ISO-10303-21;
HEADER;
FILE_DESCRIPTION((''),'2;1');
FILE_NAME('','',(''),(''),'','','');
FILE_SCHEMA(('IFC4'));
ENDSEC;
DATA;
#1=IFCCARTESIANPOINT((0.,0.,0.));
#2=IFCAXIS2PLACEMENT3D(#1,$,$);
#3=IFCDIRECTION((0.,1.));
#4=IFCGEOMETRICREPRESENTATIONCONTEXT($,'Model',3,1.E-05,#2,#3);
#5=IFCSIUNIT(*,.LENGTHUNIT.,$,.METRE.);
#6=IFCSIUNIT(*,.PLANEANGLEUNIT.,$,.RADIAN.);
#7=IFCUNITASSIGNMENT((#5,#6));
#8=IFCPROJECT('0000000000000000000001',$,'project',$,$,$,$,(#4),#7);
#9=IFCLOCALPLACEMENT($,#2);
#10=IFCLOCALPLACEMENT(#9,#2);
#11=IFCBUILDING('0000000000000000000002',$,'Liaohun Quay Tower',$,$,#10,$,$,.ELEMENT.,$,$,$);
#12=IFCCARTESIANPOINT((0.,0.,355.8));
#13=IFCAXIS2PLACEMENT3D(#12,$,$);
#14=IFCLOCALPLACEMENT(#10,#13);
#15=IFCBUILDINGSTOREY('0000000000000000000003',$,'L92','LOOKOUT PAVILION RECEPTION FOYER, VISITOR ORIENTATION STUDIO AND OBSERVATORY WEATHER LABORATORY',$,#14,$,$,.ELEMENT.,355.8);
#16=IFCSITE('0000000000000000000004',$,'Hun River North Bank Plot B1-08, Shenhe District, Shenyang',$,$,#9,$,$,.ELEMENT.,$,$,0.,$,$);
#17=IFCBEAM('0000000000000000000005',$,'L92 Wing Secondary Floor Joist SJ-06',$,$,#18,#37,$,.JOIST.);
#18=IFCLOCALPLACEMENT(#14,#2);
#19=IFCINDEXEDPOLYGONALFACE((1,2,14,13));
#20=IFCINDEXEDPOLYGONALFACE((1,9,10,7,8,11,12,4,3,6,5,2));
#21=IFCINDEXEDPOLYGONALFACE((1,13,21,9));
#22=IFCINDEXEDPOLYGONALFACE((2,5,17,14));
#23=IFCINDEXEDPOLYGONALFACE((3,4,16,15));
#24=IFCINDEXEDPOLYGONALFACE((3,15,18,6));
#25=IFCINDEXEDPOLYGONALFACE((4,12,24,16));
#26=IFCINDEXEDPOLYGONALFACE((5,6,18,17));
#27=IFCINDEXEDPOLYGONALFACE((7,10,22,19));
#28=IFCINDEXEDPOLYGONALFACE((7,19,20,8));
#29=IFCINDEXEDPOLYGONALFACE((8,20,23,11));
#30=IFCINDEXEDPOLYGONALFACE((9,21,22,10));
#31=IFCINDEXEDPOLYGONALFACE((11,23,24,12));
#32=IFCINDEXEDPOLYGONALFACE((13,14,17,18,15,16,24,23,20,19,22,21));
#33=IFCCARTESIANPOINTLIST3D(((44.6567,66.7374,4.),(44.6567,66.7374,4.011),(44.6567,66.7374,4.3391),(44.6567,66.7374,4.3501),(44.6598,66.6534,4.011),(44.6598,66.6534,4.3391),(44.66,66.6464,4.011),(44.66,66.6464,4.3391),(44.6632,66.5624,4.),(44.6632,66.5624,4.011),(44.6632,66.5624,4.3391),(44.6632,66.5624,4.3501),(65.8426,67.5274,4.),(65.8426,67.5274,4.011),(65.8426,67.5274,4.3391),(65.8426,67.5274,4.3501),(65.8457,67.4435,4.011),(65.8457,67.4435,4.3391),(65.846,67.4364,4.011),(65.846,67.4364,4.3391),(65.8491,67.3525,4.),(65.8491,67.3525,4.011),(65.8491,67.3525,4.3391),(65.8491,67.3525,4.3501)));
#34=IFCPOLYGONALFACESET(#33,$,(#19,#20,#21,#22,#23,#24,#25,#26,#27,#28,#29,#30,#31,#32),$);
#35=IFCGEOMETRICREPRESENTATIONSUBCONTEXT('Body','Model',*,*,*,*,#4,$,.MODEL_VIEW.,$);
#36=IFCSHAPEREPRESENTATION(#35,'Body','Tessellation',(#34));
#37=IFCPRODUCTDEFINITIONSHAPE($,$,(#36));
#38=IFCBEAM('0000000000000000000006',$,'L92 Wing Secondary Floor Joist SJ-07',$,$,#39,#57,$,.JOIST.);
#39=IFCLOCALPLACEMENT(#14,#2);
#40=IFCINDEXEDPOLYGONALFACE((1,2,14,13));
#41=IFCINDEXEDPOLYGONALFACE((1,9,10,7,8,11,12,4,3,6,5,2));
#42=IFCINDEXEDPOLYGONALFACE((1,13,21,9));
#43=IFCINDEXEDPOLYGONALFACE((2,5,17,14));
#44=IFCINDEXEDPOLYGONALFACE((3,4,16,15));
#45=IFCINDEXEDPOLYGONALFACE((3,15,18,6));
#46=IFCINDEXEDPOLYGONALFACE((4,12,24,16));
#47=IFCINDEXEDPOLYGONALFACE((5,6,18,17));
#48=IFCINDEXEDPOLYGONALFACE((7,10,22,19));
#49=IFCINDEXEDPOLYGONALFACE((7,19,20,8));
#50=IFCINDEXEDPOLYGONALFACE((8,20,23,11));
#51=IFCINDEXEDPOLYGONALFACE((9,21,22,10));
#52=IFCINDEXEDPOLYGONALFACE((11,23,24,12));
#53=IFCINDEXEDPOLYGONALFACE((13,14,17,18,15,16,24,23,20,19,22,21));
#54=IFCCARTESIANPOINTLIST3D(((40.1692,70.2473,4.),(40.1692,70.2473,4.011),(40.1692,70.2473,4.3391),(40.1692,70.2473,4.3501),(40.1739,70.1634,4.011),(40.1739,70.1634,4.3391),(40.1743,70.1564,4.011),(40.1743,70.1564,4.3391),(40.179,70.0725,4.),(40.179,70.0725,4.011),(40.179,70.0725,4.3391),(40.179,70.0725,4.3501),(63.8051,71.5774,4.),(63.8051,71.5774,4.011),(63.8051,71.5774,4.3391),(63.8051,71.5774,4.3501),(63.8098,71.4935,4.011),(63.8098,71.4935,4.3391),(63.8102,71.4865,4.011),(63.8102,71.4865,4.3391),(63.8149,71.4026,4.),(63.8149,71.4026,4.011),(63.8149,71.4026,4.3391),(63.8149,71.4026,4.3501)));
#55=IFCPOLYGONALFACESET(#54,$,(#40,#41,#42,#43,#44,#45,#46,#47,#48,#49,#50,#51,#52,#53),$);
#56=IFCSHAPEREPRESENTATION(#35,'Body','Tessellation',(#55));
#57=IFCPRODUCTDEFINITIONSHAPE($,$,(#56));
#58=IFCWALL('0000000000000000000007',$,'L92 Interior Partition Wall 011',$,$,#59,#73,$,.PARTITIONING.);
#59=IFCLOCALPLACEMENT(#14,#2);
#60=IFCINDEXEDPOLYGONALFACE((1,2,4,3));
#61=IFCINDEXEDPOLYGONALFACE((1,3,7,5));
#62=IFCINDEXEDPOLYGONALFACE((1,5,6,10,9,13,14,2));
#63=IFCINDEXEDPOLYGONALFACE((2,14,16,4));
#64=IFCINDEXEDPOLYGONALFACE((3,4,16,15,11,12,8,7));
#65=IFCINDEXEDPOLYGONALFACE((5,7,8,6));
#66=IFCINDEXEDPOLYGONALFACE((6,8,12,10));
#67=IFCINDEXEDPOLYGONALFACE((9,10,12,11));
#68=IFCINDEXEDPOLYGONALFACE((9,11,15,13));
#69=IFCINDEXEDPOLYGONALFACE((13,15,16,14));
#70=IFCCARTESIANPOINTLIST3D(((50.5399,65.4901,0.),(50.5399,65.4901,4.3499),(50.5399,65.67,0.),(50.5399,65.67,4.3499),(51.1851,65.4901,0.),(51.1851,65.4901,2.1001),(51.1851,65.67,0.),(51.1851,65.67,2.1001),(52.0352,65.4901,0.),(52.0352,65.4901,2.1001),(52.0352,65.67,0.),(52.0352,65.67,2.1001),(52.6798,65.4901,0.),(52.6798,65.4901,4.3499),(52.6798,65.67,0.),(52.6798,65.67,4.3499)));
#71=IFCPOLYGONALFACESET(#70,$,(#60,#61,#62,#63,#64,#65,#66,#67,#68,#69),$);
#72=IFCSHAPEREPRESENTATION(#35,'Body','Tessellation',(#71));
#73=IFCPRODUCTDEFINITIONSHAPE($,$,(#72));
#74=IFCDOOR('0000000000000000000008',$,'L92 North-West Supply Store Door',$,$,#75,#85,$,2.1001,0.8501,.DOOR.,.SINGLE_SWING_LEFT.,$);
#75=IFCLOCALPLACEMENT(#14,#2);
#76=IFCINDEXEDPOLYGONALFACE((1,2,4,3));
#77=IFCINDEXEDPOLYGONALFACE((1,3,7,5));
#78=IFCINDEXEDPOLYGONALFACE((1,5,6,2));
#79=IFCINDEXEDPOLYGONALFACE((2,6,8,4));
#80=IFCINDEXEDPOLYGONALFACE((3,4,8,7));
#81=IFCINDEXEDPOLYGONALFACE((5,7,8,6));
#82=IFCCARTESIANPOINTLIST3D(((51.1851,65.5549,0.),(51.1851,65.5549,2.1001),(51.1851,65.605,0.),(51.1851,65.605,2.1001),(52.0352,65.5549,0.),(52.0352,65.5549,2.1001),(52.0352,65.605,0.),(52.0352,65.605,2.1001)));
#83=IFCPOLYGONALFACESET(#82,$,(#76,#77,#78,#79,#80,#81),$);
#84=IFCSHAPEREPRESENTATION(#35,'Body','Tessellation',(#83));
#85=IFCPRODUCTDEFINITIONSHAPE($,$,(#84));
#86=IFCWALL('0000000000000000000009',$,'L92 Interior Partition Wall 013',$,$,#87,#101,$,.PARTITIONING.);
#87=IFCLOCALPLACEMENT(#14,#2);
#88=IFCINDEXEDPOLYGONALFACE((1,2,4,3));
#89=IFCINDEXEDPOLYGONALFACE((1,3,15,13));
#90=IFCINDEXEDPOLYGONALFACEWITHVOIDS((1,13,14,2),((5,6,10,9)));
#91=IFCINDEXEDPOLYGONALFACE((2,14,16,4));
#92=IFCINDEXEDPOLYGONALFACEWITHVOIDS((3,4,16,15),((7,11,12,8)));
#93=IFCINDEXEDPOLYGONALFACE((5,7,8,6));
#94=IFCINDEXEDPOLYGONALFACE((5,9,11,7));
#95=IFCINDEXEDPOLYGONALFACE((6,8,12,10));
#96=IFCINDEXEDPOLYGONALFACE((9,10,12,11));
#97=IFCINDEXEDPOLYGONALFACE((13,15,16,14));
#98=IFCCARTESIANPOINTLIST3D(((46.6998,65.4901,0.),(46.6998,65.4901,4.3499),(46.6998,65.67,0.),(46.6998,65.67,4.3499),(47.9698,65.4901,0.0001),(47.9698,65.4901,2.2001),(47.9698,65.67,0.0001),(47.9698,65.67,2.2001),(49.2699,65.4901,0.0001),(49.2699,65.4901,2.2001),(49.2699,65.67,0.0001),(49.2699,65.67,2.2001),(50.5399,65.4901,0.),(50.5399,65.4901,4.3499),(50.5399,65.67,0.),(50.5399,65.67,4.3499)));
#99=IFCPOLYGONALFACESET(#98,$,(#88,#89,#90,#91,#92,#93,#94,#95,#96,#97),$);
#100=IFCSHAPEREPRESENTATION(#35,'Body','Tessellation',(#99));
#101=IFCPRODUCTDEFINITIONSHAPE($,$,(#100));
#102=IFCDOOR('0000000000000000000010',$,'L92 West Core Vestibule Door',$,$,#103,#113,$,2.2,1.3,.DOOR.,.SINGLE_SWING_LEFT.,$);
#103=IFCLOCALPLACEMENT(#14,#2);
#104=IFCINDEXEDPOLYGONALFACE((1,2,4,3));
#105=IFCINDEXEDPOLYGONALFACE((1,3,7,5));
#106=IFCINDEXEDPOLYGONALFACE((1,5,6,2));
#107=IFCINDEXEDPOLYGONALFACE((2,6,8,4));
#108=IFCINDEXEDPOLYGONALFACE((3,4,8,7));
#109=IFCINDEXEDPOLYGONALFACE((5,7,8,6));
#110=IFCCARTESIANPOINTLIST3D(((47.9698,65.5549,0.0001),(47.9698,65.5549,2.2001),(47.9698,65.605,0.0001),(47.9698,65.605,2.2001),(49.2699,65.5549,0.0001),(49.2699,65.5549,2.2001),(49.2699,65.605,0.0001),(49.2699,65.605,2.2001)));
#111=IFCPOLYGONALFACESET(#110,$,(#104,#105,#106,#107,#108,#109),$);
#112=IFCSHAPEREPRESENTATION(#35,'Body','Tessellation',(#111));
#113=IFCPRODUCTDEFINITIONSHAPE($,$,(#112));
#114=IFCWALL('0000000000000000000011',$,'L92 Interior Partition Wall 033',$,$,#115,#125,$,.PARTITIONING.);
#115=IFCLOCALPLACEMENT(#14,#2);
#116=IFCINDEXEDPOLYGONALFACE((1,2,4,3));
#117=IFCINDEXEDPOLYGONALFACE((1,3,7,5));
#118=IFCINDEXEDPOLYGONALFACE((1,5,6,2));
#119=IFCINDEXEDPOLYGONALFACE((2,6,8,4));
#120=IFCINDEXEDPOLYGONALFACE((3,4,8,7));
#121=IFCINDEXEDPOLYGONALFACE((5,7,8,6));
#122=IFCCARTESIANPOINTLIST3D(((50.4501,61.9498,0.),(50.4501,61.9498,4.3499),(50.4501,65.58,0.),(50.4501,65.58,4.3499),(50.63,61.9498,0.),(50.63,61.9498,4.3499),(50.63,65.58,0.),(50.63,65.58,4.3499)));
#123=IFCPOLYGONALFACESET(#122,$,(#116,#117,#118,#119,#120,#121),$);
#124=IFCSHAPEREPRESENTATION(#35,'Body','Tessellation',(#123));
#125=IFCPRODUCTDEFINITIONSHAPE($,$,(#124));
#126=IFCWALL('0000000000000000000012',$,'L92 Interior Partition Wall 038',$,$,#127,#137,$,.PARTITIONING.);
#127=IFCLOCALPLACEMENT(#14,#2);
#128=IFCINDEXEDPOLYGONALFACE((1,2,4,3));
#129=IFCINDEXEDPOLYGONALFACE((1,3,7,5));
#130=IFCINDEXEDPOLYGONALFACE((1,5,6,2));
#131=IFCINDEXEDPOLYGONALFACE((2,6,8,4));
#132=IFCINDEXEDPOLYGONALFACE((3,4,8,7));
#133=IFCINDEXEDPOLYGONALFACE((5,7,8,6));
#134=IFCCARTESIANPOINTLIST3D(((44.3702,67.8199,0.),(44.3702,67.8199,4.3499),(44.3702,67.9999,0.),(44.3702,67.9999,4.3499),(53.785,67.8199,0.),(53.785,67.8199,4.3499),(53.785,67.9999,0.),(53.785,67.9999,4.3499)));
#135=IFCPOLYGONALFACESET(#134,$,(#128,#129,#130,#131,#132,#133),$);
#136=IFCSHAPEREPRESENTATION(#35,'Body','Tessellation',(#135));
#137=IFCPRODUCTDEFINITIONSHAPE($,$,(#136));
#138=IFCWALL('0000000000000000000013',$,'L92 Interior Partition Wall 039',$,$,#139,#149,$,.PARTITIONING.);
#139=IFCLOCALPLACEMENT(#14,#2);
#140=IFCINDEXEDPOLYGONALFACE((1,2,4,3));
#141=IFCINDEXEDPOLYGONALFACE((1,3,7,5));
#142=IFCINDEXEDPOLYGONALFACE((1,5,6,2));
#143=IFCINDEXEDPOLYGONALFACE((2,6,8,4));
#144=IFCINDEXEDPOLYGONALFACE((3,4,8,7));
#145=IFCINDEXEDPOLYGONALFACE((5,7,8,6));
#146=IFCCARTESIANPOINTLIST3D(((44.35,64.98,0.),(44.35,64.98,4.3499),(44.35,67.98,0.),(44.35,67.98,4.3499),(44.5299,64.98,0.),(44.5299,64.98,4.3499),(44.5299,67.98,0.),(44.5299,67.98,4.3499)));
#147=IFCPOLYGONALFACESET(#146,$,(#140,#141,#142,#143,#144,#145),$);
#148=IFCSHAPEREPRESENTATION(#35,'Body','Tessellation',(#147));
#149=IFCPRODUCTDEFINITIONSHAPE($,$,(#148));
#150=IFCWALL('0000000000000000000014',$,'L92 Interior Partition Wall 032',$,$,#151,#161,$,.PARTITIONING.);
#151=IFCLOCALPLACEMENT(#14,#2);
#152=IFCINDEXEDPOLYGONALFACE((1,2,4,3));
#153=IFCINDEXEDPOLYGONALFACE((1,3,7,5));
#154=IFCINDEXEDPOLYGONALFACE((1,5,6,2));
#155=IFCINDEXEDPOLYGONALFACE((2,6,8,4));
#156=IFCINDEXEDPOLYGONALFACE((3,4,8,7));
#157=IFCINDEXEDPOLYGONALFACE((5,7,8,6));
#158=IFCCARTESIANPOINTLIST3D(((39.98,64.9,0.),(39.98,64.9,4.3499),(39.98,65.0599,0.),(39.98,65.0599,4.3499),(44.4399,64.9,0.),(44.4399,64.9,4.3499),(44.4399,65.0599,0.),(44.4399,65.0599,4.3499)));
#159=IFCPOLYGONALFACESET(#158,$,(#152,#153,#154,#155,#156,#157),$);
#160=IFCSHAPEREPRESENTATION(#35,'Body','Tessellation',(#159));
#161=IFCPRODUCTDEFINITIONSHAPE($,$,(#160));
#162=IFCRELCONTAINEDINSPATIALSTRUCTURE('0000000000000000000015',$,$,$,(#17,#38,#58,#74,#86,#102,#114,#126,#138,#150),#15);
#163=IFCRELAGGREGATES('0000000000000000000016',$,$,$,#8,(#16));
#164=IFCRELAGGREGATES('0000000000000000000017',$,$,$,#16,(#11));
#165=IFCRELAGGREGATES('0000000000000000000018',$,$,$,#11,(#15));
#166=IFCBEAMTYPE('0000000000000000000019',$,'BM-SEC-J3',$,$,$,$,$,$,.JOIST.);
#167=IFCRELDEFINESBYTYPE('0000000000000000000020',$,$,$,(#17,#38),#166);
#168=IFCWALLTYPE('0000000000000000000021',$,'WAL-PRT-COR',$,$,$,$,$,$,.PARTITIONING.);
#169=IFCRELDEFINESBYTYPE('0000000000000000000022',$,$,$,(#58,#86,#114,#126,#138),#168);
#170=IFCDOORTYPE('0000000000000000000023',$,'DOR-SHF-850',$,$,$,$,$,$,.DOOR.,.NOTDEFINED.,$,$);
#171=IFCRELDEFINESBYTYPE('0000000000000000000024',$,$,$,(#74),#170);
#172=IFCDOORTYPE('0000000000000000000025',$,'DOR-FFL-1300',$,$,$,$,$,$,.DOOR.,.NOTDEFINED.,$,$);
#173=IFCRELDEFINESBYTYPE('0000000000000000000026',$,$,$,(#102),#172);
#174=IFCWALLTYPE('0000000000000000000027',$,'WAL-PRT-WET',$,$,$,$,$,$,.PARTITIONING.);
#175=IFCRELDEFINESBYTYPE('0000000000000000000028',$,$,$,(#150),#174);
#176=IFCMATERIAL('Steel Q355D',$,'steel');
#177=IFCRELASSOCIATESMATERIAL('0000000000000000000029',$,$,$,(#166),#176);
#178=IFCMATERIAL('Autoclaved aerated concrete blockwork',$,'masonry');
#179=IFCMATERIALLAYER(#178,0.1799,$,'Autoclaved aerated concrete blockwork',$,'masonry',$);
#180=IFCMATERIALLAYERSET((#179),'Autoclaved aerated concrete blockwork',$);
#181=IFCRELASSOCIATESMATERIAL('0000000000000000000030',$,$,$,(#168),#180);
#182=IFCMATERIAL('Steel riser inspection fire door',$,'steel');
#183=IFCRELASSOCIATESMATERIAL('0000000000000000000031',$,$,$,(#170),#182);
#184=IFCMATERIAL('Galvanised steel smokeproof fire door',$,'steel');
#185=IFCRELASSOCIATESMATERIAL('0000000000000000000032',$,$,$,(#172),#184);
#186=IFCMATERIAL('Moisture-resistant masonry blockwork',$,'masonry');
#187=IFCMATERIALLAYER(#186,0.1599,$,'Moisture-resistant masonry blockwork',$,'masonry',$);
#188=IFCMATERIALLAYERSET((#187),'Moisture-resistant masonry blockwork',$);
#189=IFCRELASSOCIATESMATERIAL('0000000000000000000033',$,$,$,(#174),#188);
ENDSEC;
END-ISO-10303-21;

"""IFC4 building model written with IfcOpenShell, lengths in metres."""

from ifc_helpers import new_model, si_unit, direction, frame, frame_2d, origin, origin_2d, place, context, subcontext, project, spatial, rectangle, i_section, extrude, source, transform, mapped, material, layer, layer_set, material_profile, profile_set, type_object, element, fill, save


model = new_model("IFC4")

# Units and contexts
model_context = context("Model", 3, precision=1e-05, world=origin(), true_north=direction((0.0, 1.0)))
body_context = subcontext(model_context, "Body", "Model", "MODEL_VIEW")
ifc_project = project(units=[si_unit("LENGTHUNIT", "METRE"), si_unit("PLANEANGLEUNIT", "RADIAN")], contexts=[model_context])

# Site, building, storey
site_placement = place(None, origin())
site = spatial("IfcSite", under=ifc_project, at=site_placement, Name="Hun River North Bank Plot B1-08, Shenhe District, Shenyang", CompositionType="ELEMENT", RefElevation=0.0)
building_placement = place(site_placement, origin())
building = spatial("IfcBuilding", under=site, at=building_placement, Name="Liaohun Quay Tower", CompositionType="ELEMENT")
storey_placement = place(building_placement, frame((0.0, 0.0, 355.8)))
storey = spatial("IfcBuildingStorey", under=building, at=storey_placement, Name="L92", Description="LOOKOUT PAVILION RECEPTION FOYER, VISITOR ORIENTATION STUDIO AND OBSERVATORY WEATHER LABORATORY", CompositionType="ELEMENT", Elevation=355.8)

# Beams
ifc_material_1 = material(Name="Steel Q355D", Category="steel")
ifc_material_profile = material_profile(ifc_material_1, i_section(OverallWidth=0.175, OverallDepth=0.3501, WebThickness=0.0071, FlangeThickness=0.011, at=origin_2d()), Name="HN350x175x7x11")
ifc_profile_set = profile_set([ifc_material_profile], Name="Steel Q355D")
beam_type = type_object("IfcBeamType", Name="BM-SEC-J3", PredefinedType="JOIST", material=ifc_profile_set)
shared_shape_1 = source(origin(), body_context, "Body", "SweptSolid", [
    extrude(i_section(OverallWidth=0.175, OverallDepth=0.3501, WebThickness=0.0071, FlangeThickness=0.011, at=origin_2d()), origin(), (0.0, 0.0, 1.0), 21.2007),
])
beam_1_placement = place(storey_placement, frame((44.6599, 66.6499, 4.175), z_axis=(0.999305, 0.037265, 0.0), x_axis=(-0.037265, 0.999305, 0.0)))
element("IfcBeam", 1, at=beam_1_placement, inside=storey, type_object=beam_type, Name="L92 Wing Secondary Floor Joist SJ-06", PredefinedType="JOIST", context=body_context, shape_type="MappedRepresentation", body=[
    mapped(shared_shape_1, transform((0.0, 0.0, 0.0), x_axis=(1.0, 0.0, 0.0), y_axis=(0.0, 1.0, 0.0), z_axis=(0.0, 0.0, 1.0), scale=1.0)),
])
shared_shape_2 = source(origin(), body_context, "Body", "SweptSolid", [
    extrude(i_section(OverallWidth=0.175, OverallDepth=0.3501, WebThickness=0.0071, FlangeThickness=0.011, at=origin_2d()), origin(), (0.0, 0.0, 1.0), 23.6733),
])
beam_2_placement = place(storey_placement, frame((40.1741, 70.1599, 4.175), z_axis=(0.99842, 0.056185, 0.0), x_axis=(-0.056185, 0.99842, 0.0)))
element("IfcBeam", 2, at=beam_2_placement, inside=storey, type_object=beam_type, Name="L92 Wing Secondary Floor Joist SJ-07", PredefinedType="JOIST", context=body_context, shape_type="MappedRepresentation", body=[
    mapped(shared_shape_2, transform((0.0, 0.0, 0.0), x_axis=(1.0, 0.0, 0.0), y_axis=(0.0, 1.0, 0.0), z_axis=(0.0, 0.0, 1.0), scale=1.0)),
])

# Walls, openings, doors
ifc_material_2 = material(Name="Autoclaved aerated concrete blockwork", Category="masonry")
ifc_layer_1 = layer(ifc_material_2, 0.1799, Name="Autoclaved aerated concrete blockwork", Category="masonry")
ifc_layer_set_1 = layer_set([ifc_layer_1], Name="Autoclaved aerated concrete blockwork")
wall_type_1 = type_object("IfcWallType", Name="WAL-PRT-COR", PredefinedType="PARTITIONING", material=ifc_layer_set_1)
wall_1_placement = place(storey_placement, frame((50.54, 65.5801, 0.0), z_axis=(0.0, 0.0, 1.0), x_axis=(1.0, 0.0, 0.0)))
wall_1 = element("IfcWall", 3, at=wall_1_placement, inside=storey, type_object=wall_type_1, Name="L92 Interior Partition Wall 011", PredefinedType="PARTITIONING", context=body_context, shape_type="SweptSolid", body=[
    extrude(rectangle(XDim=2.1399, YDim=0.1799, at=frame_2d((1.0698, 0.0))), origin(), (0.0, 0.0, 1.0), 4.3499),
])
shared_shape_3 = source(origin(), body_context, "Body", "SweptSolid", [
    extrude(rectangle(XDim=0.8501, YDim=2.1001, at=frame_2d((0.425, 1.05))), frame((0.0, 0.0999, 0.0), z_axis=(0.0, -1.0, 0.0), x_axis=(1.0, 0.0, 0.0)), (0.0, 0.0, 1.0), 0.2),
])
opening_1_placement = place(wall_1_placement, frame((0.645, 0.0, 0.0)))
opening_1 = element("IfcOpeningElement", 4, at=opening_1_placement, cuts=wall_1, PredefinedType="OPENING", context=body_context, shape_type="MappedRepresentation", body=[
    mapped(shared_shape_3, transform((0.0, 0.0, 0.0), x_axis=(1.0, 0.0, 0.0), y_axis=(0.0, 1.0, 0.0), z_axis=(0.0, 0.0, 1.0), scale=1.0)),
])
ifc_material_3 = material(Name="Steel riser inspection fire door", Category="steel")
door_type_1 = type_object("IfcDoorType", Name="DOR-SHF-850", OperationType="NOTDEFINED", PredefinedType="DOOR", material=ifc_material_3)
shared_shape_4 = source(origin(), body_context, "Body", "SweptSolid", [
    extrude(rectangle(XDim=0.8501, YDim=2.1001, at=frame_2d((0.425, 1.05))), frame((0.0, 0.0249, 0.0), z_axis=(0.0, -1.0, 0.0), x_axis=(1.0, 0.0, 0.0)), (0.0, 0.0, 1.0), 0.05),
])
door_1_placement = place(opening_1_placement, origin())
door_1 = element("IfcDoor", 5, at=door_1_placement, inside=storey, type_object=door_type_1, Name="L92 North-West Supply Store Door", OperationType="SINGLE_SWING_LEFT", OverallHeight=2.1001, OverallWidth=0.8501, PredefinedType="DOOR", context=body_context, shape_type="MappedRepresentation", body=[
    mapped(shared_shape_4, transform((0.0, 0.0, 0.0), x_axis=(1.0, 0.0, 0.0), y_axis=(0.0, 1.0, 0.0), z_axis=(0.0, 0.0, 1.0), scale=1.0)),
])
fill(opening_1, door_1)
wall_2_placement = place(storey_placement, frame((46.7, 65.5801, 0.0), z_axis=(0.0, 0.0, 1.0), x_axis=(1.0, 0.0, 0.0)))
wall_2 = element("IfcWall", 6, at=wall_2_placement, inside=storey, type_object=wall_type_1, Name="L92 Interior Partition Wall 013", PredefinedType="PARTITIONING", context=body_context, shape_type="SweptSolid", body=[
    extrude(rectangle(XDim=3.8401, YDim=0.1799, at=frame_2d((1.9199, 0.0))), origin(), (0.0, 0.0, 1.0), 4.3499),
])
shared_shape_5 = source(origin(), body_context, "Body", "SweptSolid", [
    extrude(rectangle(XDim=1.3, YDim=2.2, at=frame_2d((0.6499, 1.1001))), frame((0.0, 0.0999, 0.0), z_axis=(0.0, -1.0, 0.0), x_axis=(1.0, 0.0, 0.0)), (0.0, 0.0, 1.0), 0.2),
])
opening_2_placement = place(wall_2_placement, frame((1.27, 0.0, 0.0)))
opening_2 = element("IfcOpeningElement", 7, at=opening_2_placement, cuts=wall_2, PredefinedType="OPENING", context=body_context, shape_type="MappedRepresentation", body=[
    mapped(shared_shape_5, transform((0.0, 0.0, 0.0), x_axis=(1.0, 0.0, 0.0), y_axis=(0.0, 1.0, 0.0), z_axis=(0.0, 0.0, 1.0), scale=1.0)),
])
ifc_material_4 = material(Name="Galvanised steel smokeproof fire door", Category="steel")
door_type_2 = type_object("IfcDoorType", Name="DOR-FFL-1300", OperationType="NOTDEFINED", PredefinedType="DOOR", material=ifc_material_4)
shared_shape_6 = source(origin(), body_context, "Body", "SweptSolid", [
    extrude(rectangle(XDim=1.3, YDim=2.2, at=frame_2d((0.6499, 1.1001))), frame((0.0, 0.0249, 0.0), z_axis=(0.0, -1.0, 0.0), x_axis=(1.0, 0.0, 0.0)), (0.0, 0.0, 1.0), 0.05),
])
door_2_placement = place(opening_2_placement, origin())
door_2 = element("IfcDoor", 8, at=door_2_placement, inside=storey, type_object=door_type_2, Name="L92 West Core Vestibule Door", OperationType="SINGLE_SWING_LEFT", OverallHeight=2.2, OverallWidth=1.3, PredefinedType="DOOR", context=body_context, shape_type="MappedRepresentation", body=[
    mapped(shared_shape_6, transform((0.0, 0.0, 0.0), x_axis=(1.0, 0.0, 0.0), y_axis=(0.0, 1.0, 0.0), z_axis=(0.0, 0.0, 1.0), scale=1.0)),
])
fill(opening_2, door_2)

# Walls
wall_3_placement = place(storey_placement, frame((50.54, 61.95, 0.0), z_axis=(0.0, 0.0, 1.0), x_axis=(0.0, 1.0, 0.0)))
element("IfcWall", 9, at=wall_3_placement, inside=storey, type_object=wall_type_1, Name="L92 Interior Partition Wall 033", PredefinedType="PARTITIONING", context=body_context, shape_type="SweptSolid", body=[
    extrude(rectangle(XDim=3.6301, YDim=0.1799, at=frame_2d((1.8149, 0.0))), origin(), (0.0, 0.0, 1.0), 4.3499),
])
wall_4_placement = place(storey_placement, frame((44.3701, 67.9099, 0.0), z_axis=(0.0, 0.0, 1.0), x_axis=(1.0, 0.0, 0.0)))
element("IfcWall", 10, at=wall_4_placement, inside=storey, type_object=wall_type_1, Name="L92 Interior Partition Wall 038", PredefinedType="PARTITIONING", context=body_context, shape_type="SweptSolid", body=[
    extrude(rectangle(XDim=9.4148, YDim=0.1799, at=frame_2d((4.7075, 0.0))), origin(), (0.0, 0.0, 1.0), 4.3499),
])
wall_5_placement = place(storey_placement, frame((44.4399, 64.98, 0.0), z_axis=(0.0, 0.0, 1.0), x_axis=(0.0, 1.0, 0.0)))
element("IfcWall", 11, at=wall_5_placement, inside=storey, type_object=wall_type_1, Name="L92 Interior Partition Wall 039", PredefinedType="PARTITIONING", context=body_context, shape_type="SweptSolid", body=[
    extrude(rectangle(XDim=3.0, YDim=0.1799, at=frame_2d((1.5, 0.0))), origin(), (0.0, 0.0, 1.0), 4.3499),
])

# Shared definitions
ifc_material_5 = material(Name="Moisture-resistant masonry blockwork", Category="masonry")
ifc_layer_2 = layer(ifc_material_5, 0.1599, Name="Moisture-resistant masonry blockwork", Category="masonry")
ifc_layer_set_2 = layer_set([ifc_layer_2], Name="Moisture-resistant masonry blockwork")
wall_type_2 = type_object("IfcWallType", Name="WAL-PRT-WET", PredefinedType="PARTITIONING", material=ifc_layer_set_2)

# Wall
wall_6_placement = place(storey_placement, frame((39.98, 64.98, 0.0), z_axis=(0.0, 0.0, 1.0), x_axis=(1.0, 0.0, 0.0)))
element("IfcWall", 12, at=wall_6_placement, inside=storey, type_object=wall_type_2, Name="L92 Interior Partition Wall 032", PredefinedType="PARTITIONING", context=body_context, shape_type="SweptSolid", body=[
    extrude(rectangle(XDim=4.46, YDim=0.1599, at=frame_2d((2.23, 0.0))), origin(), (0.0, 0.0, 1.0), 4.3499),
])

save(model, "model.ifc")
